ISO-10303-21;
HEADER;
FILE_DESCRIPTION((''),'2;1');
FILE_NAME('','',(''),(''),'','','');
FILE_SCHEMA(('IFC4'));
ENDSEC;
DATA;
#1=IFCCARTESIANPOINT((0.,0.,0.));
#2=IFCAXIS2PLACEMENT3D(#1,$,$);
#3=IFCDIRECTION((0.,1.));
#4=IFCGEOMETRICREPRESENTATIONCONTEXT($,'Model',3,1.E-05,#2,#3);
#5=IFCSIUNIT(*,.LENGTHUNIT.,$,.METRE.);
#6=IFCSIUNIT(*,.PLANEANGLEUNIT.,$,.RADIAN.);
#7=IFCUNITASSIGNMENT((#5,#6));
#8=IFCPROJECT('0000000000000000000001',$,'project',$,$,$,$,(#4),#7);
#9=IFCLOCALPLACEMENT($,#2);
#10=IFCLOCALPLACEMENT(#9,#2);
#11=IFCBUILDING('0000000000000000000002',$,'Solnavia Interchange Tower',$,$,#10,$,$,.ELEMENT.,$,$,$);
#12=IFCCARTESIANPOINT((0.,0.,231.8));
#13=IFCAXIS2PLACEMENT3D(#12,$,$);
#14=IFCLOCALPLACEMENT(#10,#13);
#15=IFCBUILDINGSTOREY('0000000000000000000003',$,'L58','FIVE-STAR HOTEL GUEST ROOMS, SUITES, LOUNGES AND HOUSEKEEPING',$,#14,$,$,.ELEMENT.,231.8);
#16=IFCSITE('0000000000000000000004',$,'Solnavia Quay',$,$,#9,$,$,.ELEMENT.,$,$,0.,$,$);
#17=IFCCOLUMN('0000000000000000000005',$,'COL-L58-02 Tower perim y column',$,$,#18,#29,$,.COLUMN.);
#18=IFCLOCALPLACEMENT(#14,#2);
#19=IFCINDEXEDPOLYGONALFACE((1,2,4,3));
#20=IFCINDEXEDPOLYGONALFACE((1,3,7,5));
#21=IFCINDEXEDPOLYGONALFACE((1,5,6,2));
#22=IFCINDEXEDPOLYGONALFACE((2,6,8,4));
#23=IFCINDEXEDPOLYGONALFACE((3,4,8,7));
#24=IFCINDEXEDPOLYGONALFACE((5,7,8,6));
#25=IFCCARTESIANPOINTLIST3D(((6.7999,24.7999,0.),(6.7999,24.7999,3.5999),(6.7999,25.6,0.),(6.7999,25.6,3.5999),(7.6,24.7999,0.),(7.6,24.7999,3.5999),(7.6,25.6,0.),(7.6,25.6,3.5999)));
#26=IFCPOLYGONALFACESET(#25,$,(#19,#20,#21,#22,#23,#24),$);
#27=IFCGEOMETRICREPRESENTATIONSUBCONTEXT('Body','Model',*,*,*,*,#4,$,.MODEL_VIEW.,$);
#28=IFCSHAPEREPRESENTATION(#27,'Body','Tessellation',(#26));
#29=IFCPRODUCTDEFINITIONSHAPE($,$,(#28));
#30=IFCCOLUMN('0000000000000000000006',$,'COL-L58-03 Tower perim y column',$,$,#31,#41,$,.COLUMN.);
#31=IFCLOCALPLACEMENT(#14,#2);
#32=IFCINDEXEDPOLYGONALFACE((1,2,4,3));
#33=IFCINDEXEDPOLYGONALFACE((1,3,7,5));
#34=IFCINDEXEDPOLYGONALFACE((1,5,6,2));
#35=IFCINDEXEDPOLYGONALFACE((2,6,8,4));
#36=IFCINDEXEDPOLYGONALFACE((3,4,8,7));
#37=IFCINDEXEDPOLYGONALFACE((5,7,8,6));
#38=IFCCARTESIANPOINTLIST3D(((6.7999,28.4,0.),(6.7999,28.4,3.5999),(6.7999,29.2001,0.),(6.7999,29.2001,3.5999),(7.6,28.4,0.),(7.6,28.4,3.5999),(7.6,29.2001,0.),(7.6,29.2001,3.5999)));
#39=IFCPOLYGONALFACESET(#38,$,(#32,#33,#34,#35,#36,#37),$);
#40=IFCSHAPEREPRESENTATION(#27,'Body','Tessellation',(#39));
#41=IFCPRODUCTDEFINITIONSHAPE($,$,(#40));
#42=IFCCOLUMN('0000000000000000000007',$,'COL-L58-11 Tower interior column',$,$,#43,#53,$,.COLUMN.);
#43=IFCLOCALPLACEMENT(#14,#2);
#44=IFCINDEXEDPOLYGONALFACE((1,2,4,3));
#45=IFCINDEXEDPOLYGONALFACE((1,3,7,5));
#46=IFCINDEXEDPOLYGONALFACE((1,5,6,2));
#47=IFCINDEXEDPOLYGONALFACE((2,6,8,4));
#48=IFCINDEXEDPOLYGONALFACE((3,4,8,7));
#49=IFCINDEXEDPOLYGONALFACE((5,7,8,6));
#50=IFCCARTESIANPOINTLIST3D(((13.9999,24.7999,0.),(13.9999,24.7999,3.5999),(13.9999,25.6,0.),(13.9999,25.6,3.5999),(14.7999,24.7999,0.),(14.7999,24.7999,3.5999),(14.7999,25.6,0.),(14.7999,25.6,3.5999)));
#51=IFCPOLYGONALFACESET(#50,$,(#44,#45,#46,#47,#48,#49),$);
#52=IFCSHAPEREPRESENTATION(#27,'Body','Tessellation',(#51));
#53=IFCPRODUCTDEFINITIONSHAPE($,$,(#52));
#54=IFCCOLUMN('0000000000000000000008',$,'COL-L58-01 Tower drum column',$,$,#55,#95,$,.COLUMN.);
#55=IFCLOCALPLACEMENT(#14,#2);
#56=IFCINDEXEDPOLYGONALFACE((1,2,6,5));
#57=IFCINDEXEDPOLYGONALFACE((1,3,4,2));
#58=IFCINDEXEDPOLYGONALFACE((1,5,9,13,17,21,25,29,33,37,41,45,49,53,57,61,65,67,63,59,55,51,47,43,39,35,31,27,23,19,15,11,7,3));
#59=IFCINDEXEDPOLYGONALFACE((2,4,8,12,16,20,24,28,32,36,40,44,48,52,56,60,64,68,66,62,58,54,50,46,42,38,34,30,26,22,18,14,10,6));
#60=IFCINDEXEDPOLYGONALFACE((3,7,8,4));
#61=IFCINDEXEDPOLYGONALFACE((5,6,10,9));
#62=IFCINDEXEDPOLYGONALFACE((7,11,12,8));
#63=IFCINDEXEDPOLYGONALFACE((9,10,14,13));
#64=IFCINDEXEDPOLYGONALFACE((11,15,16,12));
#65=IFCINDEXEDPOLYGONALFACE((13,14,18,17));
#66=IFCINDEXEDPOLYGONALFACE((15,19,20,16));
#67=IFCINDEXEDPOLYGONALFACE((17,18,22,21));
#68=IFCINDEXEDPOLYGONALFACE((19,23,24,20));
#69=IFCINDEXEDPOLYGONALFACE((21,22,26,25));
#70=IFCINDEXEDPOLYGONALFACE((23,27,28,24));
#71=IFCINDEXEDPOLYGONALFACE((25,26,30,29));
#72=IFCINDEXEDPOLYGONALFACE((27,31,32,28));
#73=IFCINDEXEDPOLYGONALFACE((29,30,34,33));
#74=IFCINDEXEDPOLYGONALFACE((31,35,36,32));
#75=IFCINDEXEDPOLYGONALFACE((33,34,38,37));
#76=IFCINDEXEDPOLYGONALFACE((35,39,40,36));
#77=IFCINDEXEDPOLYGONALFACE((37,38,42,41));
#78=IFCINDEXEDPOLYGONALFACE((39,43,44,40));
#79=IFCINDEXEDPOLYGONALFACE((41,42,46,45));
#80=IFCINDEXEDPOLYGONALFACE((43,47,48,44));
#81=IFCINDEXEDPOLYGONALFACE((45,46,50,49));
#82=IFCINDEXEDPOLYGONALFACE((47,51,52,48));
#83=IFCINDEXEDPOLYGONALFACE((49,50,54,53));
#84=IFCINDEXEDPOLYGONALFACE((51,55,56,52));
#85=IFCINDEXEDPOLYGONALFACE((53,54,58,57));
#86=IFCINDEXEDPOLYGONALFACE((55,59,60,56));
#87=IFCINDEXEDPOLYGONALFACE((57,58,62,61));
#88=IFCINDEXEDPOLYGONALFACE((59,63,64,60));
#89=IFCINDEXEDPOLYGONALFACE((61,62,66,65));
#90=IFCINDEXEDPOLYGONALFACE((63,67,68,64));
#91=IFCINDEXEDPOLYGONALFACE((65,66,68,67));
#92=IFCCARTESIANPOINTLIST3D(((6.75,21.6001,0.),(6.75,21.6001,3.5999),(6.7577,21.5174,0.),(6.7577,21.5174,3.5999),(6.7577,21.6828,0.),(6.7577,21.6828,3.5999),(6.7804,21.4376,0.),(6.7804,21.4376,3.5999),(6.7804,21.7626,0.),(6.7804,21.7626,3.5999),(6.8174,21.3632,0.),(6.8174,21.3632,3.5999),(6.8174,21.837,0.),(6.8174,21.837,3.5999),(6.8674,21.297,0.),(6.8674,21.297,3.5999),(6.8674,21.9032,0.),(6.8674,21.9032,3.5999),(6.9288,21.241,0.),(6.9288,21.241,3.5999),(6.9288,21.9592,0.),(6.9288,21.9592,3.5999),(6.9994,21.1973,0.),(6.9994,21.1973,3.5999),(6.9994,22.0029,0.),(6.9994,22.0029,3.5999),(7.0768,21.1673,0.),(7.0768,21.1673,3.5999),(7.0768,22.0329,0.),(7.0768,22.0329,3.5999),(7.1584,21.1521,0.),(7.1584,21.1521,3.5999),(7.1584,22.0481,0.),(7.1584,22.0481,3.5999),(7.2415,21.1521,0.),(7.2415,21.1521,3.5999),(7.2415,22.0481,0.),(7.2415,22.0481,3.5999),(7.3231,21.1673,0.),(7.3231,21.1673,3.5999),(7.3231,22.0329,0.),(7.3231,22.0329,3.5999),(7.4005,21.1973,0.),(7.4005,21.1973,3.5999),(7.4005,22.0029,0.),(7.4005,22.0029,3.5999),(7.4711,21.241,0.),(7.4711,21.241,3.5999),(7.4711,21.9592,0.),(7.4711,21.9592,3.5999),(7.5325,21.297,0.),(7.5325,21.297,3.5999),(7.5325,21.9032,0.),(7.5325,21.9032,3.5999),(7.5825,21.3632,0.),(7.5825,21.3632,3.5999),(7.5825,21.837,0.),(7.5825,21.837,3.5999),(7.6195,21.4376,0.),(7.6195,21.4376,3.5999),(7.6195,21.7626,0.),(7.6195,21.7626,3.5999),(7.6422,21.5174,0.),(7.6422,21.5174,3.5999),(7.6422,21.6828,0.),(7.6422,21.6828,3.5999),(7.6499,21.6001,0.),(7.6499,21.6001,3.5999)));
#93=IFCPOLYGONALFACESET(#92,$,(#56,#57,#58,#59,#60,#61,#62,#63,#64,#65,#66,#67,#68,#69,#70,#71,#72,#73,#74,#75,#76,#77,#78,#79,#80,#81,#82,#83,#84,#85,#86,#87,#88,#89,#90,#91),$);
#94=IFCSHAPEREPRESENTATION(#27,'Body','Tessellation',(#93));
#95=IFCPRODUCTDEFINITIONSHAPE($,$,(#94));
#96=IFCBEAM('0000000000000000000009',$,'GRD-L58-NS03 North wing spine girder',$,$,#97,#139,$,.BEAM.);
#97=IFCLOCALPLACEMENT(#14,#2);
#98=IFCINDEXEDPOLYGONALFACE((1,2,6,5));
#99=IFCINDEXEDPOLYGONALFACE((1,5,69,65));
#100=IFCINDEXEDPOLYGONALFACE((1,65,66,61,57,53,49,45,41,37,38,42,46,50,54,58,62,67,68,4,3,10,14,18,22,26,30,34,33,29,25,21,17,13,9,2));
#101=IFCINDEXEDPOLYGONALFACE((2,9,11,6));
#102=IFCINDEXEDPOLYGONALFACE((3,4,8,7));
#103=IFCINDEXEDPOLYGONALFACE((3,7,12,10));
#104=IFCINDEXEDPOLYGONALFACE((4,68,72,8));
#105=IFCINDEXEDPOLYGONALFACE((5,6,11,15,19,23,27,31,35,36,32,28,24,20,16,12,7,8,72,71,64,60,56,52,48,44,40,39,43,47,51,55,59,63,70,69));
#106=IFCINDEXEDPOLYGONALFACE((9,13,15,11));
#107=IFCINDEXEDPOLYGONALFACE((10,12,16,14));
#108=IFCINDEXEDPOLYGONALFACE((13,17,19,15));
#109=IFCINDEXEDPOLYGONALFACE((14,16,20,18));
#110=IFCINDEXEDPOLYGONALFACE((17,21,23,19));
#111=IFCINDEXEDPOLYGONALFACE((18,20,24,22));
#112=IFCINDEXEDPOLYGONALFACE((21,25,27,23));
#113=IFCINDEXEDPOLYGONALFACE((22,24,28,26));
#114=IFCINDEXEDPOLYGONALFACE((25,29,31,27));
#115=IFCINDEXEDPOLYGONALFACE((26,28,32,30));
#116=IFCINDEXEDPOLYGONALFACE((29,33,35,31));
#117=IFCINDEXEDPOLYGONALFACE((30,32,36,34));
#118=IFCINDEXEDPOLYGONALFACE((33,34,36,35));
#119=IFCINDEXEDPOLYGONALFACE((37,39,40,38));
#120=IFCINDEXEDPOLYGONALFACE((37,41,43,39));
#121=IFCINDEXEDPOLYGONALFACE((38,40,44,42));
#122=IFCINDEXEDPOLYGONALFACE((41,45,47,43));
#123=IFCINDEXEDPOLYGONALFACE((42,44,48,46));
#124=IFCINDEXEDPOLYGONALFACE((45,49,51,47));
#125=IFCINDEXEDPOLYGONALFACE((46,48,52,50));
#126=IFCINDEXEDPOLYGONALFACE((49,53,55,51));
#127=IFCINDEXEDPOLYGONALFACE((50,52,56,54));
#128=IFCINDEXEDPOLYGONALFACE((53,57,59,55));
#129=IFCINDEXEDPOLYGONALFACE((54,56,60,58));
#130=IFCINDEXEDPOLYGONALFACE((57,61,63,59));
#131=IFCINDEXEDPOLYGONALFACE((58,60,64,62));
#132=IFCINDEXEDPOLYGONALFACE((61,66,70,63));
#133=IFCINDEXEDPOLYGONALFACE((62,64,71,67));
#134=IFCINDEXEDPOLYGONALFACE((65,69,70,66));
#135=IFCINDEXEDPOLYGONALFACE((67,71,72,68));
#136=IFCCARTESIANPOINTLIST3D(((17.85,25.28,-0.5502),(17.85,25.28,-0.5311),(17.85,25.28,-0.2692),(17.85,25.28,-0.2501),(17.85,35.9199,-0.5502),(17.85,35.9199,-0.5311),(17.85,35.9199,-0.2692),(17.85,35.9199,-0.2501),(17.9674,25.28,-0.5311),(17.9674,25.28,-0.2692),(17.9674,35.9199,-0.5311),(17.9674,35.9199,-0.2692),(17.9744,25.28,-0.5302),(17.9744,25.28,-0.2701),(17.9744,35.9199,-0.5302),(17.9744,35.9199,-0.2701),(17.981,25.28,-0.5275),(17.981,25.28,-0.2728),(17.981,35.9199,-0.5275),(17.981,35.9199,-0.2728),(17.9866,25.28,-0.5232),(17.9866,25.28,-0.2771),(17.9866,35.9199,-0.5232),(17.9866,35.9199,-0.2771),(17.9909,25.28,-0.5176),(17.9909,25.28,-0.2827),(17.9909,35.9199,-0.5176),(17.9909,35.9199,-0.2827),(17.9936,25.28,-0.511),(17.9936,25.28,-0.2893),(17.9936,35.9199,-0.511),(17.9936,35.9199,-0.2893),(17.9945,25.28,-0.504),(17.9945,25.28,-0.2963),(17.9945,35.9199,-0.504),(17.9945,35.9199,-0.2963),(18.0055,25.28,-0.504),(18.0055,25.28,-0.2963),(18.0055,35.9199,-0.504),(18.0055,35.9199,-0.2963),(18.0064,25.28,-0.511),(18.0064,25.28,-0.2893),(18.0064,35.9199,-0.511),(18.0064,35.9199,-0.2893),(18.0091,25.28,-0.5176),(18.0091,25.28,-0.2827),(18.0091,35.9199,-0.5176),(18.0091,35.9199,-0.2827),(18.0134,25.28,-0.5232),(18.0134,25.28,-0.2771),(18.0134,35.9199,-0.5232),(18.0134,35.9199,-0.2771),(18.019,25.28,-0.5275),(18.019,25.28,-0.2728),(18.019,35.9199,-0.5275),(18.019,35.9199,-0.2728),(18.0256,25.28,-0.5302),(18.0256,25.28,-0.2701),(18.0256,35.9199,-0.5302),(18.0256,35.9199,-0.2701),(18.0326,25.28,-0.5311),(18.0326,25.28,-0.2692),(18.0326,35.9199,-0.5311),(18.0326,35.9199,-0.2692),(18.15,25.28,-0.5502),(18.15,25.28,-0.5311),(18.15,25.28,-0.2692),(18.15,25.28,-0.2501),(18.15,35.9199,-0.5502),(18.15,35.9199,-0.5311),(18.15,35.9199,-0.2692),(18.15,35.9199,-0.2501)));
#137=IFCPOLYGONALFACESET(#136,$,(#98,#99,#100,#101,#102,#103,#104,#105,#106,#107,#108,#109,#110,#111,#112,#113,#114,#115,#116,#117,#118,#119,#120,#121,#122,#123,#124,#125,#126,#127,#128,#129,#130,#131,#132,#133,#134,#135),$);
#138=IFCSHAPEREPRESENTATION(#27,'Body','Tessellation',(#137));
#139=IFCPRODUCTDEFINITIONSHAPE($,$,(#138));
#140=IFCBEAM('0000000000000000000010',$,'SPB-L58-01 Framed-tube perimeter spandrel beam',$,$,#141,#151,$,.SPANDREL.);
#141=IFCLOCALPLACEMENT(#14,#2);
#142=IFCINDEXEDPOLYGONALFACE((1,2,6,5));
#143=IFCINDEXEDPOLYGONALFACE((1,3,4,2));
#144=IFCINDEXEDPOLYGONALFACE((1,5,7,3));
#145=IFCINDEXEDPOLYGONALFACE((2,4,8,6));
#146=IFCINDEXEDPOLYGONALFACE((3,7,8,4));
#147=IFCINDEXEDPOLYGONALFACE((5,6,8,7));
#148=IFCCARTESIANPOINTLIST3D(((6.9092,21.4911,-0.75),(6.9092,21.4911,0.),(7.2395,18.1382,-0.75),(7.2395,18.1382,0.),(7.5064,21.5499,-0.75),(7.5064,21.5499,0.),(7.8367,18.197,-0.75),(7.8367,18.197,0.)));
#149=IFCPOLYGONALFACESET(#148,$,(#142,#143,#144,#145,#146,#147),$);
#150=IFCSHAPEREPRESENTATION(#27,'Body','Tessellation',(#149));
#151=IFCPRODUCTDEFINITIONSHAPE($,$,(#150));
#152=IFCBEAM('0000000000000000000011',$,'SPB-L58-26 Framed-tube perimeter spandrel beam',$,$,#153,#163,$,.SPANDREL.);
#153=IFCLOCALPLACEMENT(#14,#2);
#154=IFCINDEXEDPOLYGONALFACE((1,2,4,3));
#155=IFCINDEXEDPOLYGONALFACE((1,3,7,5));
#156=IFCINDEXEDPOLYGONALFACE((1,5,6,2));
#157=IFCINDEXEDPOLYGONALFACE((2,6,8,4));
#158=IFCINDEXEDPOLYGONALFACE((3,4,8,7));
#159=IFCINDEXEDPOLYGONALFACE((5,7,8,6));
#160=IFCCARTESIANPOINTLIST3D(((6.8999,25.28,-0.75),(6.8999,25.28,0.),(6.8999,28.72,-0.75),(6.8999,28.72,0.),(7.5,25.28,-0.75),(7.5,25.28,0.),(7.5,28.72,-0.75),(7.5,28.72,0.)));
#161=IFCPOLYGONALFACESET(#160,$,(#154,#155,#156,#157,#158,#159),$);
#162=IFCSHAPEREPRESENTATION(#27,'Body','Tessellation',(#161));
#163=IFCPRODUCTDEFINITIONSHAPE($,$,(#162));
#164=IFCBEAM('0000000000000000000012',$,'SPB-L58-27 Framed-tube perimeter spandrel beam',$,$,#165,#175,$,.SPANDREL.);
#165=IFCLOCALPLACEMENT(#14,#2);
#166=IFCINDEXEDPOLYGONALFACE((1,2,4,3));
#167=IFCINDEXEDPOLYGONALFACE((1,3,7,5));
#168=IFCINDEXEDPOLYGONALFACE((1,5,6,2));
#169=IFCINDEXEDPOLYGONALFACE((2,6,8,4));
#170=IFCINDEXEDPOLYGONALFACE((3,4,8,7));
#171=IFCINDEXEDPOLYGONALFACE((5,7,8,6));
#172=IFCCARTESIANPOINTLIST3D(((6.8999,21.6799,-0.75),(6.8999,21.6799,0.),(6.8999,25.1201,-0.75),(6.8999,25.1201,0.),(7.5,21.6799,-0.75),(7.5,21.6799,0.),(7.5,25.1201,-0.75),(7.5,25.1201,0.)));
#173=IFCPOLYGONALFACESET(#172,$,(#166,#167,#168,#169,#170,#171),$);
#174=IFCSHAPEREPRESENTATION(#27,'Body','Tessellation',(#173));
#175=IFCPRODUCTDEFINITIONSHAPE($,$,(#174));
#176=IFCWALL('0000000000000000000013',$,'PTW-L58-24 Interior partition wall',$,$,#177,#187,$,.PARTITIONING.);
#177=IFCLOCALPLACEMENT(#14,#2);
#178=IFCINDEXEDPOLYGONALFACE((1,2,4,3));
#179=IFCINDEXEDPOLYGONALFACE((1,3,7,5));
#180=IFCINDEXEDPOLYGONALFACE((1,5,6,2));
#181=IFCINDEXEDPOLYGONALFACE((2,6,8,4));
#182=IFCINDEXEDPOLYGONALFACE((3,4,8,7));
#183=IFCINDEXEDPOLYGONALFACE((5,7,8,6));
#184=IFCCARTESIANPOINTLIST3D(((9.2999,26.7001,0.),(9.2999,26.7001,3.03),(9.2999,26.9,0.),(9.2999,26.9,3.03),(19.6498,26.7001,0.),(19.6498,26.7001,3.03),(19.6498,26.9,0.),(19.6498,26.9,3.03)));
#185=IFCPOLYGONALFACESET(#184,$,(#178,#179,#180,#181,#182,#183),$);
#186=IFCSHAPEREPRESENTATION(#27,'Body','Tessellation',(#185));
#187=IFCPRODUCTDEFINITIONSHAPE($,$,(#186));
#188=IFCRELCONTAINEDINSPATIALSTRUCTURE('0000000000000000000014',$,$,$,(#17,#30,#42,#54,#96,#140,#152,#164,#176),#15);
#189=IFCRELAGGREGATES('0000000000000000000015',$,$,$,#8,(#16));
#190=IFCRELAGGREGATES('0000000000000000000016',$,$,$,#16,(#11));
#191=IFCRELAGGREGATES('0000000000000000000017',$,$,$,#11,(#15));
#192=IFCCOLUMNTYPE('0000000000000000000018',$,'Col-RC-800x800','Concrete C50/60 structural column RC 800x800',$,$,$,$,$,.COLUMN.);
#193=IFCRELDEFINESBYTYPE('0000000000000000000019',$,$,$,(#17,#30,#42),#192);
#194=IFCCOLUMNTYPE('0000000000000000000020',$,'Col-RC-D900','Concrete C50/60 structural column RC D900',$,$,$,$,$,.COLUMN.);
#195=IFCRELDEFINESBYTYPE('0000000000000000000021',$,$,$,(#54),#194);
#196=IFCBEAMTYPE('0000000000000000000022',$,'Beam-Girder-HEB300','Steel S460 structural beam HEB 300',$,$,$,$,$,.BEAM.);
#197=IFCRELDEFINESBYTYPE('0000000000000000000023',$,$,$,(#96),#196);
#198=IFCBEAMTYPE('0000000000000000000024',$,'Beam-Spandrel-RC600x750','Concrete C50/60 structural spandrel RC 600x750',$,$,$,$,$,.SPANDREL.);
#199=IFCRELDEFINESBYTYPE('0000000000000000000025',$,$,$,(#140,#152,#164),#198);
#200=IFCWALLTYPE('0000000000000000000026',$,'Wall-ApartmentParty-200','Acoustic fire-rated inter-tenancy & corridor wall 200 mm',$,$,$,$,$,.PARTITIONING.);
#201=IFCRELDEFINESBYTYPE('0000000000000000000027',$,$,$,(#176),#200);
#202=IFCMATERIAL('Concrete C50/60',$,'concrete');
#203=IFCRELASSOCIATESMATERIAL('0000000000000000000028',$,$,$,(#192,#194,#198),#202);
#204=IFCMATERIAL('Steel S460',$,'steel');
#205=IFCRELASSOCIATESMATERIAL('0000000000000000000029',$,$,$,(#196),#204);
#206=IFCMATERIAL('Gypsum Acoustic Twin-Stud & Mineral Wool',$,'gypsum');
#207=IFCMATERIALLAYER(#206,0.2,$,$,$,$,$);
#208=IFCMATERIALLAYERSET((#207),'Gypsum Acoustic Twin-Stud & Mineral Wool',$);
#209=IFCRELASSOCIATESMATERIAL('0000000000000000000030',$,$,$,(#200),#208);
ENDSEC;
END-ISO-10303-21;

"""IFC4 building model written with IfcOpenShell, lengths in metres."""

from ifc_helpers import new_model, si_unit, direction, frame, frame_2d, origin, origin_2d, place, context, subcontext, project, spatial, rectangle, circle, i_section, extrude, material, layer, layer_set, material_profile, profile_set, type_object, element, save


model = new_model("IFC4")

# Units and contexts
model_context = context("Model", 3, precision=1e-05, world=origin(), true_north=direction((0.0, 1.0)))
body_context = subcontext(model_context, "Body", "Model", "MODEL_VIEW")
ifc_project = project(units=[si_unit("LENGTHUNIT", "METRE"), si_unit("PLANEANGLEUNIT", "RADIAN")], contexts=[model_context])

# Site, building, storey
site_placement = place(None, origin())
site = spatial("IfcSite", under=ifc_project, at=site_placement, Name="Solnavia Quay", CompositionType="ELEMENT", RefElevation=0.0)
building_placement = place(site_placement, origin())
building = spatial("IfcBuilding", under=site, at=building_placement, Name="Solnavia Interchange Tower", CompositionType="ELEMENT")
storey_placement = place(building_placement, frame((0.0, 0.0, 231.8)))
storey = spatial("IfcBuildingStorey", under=building, at=storey_placement, Name="L58", Description="FIVE-STAR HOTEL GUEST ROOMS, SUITES, LOUNGES AND HOUSEKEEPING", CompositionType="ELEMENT", Elevation=231.8)

# Columns
ifc_material_1 = material(Name="Concrete C50/60", Category="concrete")
ifc_material_profile_1 = material_profile(ifc_material_1, rectangle(XDim=0.8, YDim=0.8, at=origin_2d()), Name="RC 800x800")
ifc_profile_set_1 = profile_set([ifc_material_profile_1], Name="Concrete C50/60")
column_type_1 = type_object("IfcColumnType", Name="Col-RC-800x800", Description="Concrete C50/60 structural column RC 800x800", PredefinedType="COLUMN", material=ifc_profile_set_1)
for number, where, z_axis, x_axis, name in (
    (1, (7.2, 25.2, 0.0), (0.0, 0.0, 1.0), (0.0, 1.0, 0.0), "COL-L58-02 Tower perim y column"),
    (2, (7.2, 28.8, 0.0), (0.0, 0.0, 1.0), (0.0, 1.0, 0.0), "COL-L58-03 Tower perim y column"),
    (3, (14.3999, 25.2, 0.0), (0.0, 0.0, 1.0), (1.0, 0.0, 0.0), "COL-L58-11 Tower interior column"),
):
    element("IfcColumn", number, at=place(storey_placement, frame(where, z_axis=z_axis, x_axis=x_axis)), inside=storey, type_object=column_type_1, Name=name, PredefinedType="COLUMN", context=body_context, shape_type="SweptSolid", body=[
        extrude(rectangle(XDim=0.8, YDim=0.8, at=origin_2d()), origin(), (0.0, 0.0, 1.0), 3.5999),
    ])
ifc_material_profile_2 = material_profile(ifc_material_1, circle(Radius=0.45, at=origin_2d()), Name="RC D900")
ifc_profile_set_2 = profile_set([ifc_material_profile_2], Name="Concrete C50/60")
column_type_2 = type_object("IfcColumnType", Name="Col-RC-D900", Description="Concrete C50/60 structural column RC D900", PredefinedType="COLUMN", material=ifc_profile_set_2)
column_placement = place(storey_placement, frame((7.2, 21.6001, 0.0), z_axis=(0.0, 0.0, 1.0), x_axis=(1.0, 0.0, 0.0)))
element("IfcColumn", 4, at=column_placement, inside=storey, type_object=column_type_2, Name="COL-L58-01 Tower drum column", PredefinedType="COLUMN", context=body_context, shape_type="SweptSolid", body=[
    extrude(circle(Radius=0.45, at=origin_2d()), origin(), (0.0, 0.0, 1.0), 3.5999),
])

# Beams
ifc_material_2 = material(Name="Steel S460", Category="steel")
ifc_material_profile_3 = material_profile(ifc_material_2, i_section(OverallWidth=0.3, OverallDepth=0.3, WebThickness=0.011, FlangeThickness=0.019, FilletRadius=0.0271, at=origin_2d()), Name="HEB 300")
ifc_profile_set_3 = profile_set([ifc_material_profile_3], Name="Steel S460")
beam_type_1 = type_object("IfcBeamType", Name="Beam-Girder-HEB300", Description="Steel S460 structural beam HEB 300", PredefinedType="BEAM", material=ifc_profile_set_3)
beam_1_placement = place(storey_placement, frame((18.0, 25.28, -0.4001), z_axis=(0.0, 1.0, 0.0), x_axis=(-1.0, 0.0, 0.0)))
element("IfcBeam", 5, at=beam_1_placement, inside=storey, type_object=beam_type_1, Name="GRD-L58-NS03 North wing spine girder", PredefinedType="BEAM", context=body_context, shape_type="SweptSolid", body=[
    extrude(i_section(OverallWidth=0.3, OverallDepth=0.3, WebThickness=0.011, FlangeThickness=0.019, FilletRadius=0.0271, at=origin_2d()), origin(), (0.0, 0.0, 1.0), 10.6399),
])
ifc_material_profile_4 = material_profile(ifc_material_1, rectangle(XDim=0.6001, YDim=0.75, at=origin_2d()), Name="RC 600x750")
ifc_profile_set_4 = profile_set([ifc_material_profile_4], Name="Concrete C50/60")
beam_type_2 = type_object("IfcBeamType", Name="Beam-Spandrel-RC600x750", Description="Concrete C50/60 structural spandrel RC 600x750", PredefinedType="SPANDREL", material=ifc_profile_set_4)
beam_2_placement = place(storey_placement, frame((7.2078, 21.5205, -0.375), z_axis=(0.09804, -0.995182, 0.0), x_axis=(0.995182, 0.09804, 0.0)))
element("IfcBeam", 6, at=beam_2_placement, inside=storey, type_object=beam_type_2, Name="SPB-L58-01 Framed-tube perimeter spandrel beam", PredefinedType="SPANDREL", context=body_context, shape_type="SweptSolid", body=[
    extrude(rectangle(XDim=0.6001, YDim=0.75, at=origin_2d()), origin(), (0.0, 0.0, 1.0), 3.3691),
])
beam_3_placement = place(storey_placement, frame((7.2, 28.72, -0.375), z_axis=(0.0, -1.0, 0.0), x_axis=(1.0, 0.0, 0.0)))
element("IfcBeam", 7, at=beam_3_placement, inside=storey, type_object=beam_type_2, Name="SPB-L58-26 Framed-tube perimeter spandrel beam", PredefinedType="SPANDREL", context=body_context, shape_type="SweptSolid", body=[
    extrude(rectangle(XDim=0.6001, YDim=0.75, at=origin_2d()), origin(), (0.0, 0.0, 1.0), 3.4399),
])
beam_4_placement = place(storey_placement, frame((7.2, 25.1201, -0.375), z_axis=(0.0, -1.0, 0.0), x_axis=(1.0, 0.0, 0.0)))
element("IfcBeam", 8, at=beam_4_placement, inside=storey, type_object=beam_type_2, Name="SPB-L58-27 Framed-tube perimeter spandrel beam", PredefinedType="SPANDREL", context=body_context, shape_type="SweptSolid", body=[
    extrude(rectangle(XDim=0.6001, YDim=0.75, at=origin_2d()), origin(), (0.0, 0.0, 1.0), 3.4402),
])

# Wall
ifc_material_3 = material(Name="Gypsum Acoustic Twin-Stud & Mineral Wool", Category="gypsum")
ifc_layer_1 = layer(ifc_material_3, 0.2)
ifc_layer_set_1 = layer_set([ifc_layer_1], Name="Gypsum Acoustic Twin-Stud & Mineral Wool")
wall_type_1 = type_object("IfcWallType", Name="Wall-ApartmentParty-200", Description="Acoustic fire-rated inter-tenancy & corridor wall 200 mm", PredefinedType="PARTITIONING", material=ifc_layer_set_1)
wall_1_placement = place(storey_placement, frame((9.3, 26.8, 0.0), z_axis=(0.0, 0.0, 1.0), x_axis=(1.0, 0.0, 0.0)))
element("IfcWall", 9, at=wall_1_placement, inside=storey, type_object=wall_type_1, Name="PTW-L58-24 Interior partition wall", PredefinedType="PARTITIONING", context=body_context, shape_type="SweptSolid", body=[
    extrude(rectangle(XDim=10.3499, YDim=0.2, at=frame_2d((5.1748, 0.0))), origin(), (0.0, 0.0, 1.0), 3.03),
])

save(model, "model.ifc")
